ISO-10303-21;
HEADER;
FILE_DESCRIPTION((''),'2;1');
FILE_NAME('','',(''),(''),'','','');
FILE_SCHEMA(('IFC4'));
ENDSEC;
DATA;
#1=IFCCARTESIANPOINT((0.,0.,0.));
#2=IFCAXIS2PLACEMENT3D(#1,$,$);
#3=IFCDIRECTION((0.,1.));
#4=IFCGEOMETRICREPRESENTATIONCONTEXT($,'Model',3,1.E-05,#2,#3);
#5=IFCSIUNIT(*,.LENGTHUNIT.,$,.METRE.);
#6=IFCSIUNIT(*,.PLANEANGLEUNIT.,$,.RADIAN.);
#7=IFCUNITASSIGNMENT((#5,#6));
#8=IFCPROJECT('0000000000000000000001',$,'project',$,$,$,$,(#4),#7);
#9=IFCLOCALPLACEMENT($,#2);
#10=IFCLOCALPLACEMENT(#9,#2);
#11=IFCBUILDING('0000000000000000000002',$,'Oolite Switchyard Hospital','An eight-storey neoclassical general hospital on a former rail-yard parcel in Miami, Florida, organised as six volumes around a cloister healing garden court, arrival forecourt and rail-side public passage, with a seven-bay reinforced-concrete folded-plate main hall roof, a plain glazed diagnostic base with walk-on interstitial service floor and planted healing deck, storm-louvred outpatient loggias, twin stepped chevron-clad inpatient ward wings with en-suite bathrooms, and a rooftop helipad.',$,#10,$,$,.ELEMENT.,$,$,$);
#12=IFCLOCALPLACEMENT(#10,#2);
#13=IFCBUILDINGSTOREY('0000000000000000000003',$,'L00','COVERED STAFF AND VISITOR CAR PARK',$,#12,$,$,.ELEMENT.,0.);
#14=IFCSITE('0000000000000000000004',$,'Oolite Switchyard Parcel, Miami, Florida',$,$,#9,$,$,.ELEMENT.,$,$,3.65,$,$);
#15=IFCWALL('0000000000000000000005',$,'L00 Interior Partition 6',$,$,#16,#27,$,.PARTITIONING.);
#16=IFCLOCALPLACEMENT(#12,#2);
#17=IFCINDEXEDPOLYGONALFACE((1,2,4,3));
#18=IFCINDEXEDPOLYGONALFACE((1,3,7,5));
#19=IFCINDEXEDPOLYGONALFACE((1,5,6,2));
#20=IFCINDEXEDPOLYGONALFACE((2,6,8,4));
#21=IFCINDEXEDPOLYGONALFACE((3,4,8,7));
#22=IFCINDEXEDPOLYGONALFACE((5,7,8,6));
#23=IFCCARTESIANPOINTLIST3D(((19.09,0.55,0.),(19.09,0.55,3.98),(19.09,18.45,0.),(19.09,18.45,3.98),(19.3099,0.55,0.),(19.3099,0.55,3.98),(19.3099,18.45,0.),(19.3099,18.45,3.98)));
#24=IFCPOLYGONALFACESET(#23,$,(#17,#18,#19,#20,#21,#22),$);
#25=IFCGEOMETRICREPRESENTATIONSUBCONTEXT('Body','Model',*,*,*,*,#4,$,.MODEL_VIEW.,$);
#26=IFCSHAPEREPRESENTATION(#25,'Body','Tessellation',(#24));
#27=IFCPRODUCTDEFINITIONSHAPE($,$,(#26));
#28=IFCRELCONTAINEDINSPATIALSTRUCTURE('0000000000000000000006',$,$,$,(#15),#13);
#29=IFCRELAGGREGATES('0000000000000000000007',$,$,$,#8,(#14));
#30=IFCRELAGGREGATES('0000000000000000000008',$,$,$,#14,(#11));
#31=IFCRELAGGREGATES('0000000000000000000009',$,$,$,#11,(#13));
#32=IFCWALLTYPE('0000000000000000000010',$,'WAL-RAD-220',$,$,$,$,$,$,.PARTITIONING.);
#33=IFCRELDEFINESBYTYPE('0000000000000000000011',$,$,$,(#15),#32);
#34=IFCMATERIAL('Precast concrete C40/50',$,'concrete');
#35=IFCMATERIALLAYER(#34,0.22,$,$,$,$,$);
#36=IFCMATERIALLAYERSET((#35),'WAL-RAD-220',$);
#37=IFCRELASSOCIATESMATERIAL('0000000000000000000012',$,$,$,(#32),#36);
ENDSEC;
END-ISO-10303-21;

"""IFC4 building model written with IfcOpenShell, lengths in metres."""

from ifc_helpers import new_model, si_unit, direction, frame, frame_2d, origin, place, context, subcontext, project, spatial, rectangle, extrude, material, layer, layer_set, type_object, element, save


model = new_model("IFC4")

# Units and contexts
model_context = context("Model", 3, precision=1e-05, world=origin(), true_north=direction((0.0, 1.0)))
body_context = subcontext(model_context, "Body", "Model", "MODEL_VIEW")
ifc_project = project(units=[si_unit("LENGTHUNIT", "METRE"), si_unit("PLANEANGLEUNIT", "RADIAN")], contexts=[model_context])

# Site, building, storey
site_placement = place(None, origin())
site = spatial("IfcSite", under=ifc_project, at=site_placement, Name="Oolite Switchyard Parcel, Miami, Florida", CompositionType="ELEMENT", RefElevation=3.65)
building_placement = place(site_placement, origin())
building = spatial("IfcBuilding", under=site, at=building_placement, Name="Oolite Switchyard Hospital", Description="An eight-storey neoclassical general hospital on a former rail-yard parcel in Miami, Florida, organised as six volumes around a cloister healing garden court, arrival forecourt and rail-side public passage, with a seven-bay reinforced-concrete folded-plate main hall roof, a plain glazed diagnostic base with walk-on interstitial service floor and planted healing deck, storm-louvred outpatient loggias, twin stepped chevron-clad inpatient ward wings with en-suite bathrooms, and a rooftop helipad.", CompositionType="ELEMENT")
storey_placement = place(building_placement, origin())
storey = spatial("IfcBuildingStorey", under=building, at=storey_placement, Name="L00", Description="COVERED STAFF AND VISITOR CAR PARK", CompositionType="ELEMENT", Elevation=0.0)

# Wall
ifc_material_1 = material(Name="Precast concrete C40/50", Category="concrete")
ifc_layer_1 = layer(ifc_material_1, 0.22)
ifc_layer_set_1 = layer_set([ifc_layer_1], Name="WAL-RAD-220")
wall_type_1 = type_object("IfcWallType", Name="WAL-RAD-220", PredefinedType="PARTITIONING", material=ifc_layer_set_1)
wall_1_placement = place(storey_placement, frame((19.2, 0.55, 0.0), z_axis=(0.0, 0.0, 1.0), x_axis=(0.0, 1.0, 0.0)))
element("IfcWall", 1, at=wall_1_placement, inside=storey, type_object=wall_type_1, Name="L00 Interior Partition 6", PredefinedType="PARTITIONING", context=body_context, shape_type="SweptSolid", body=[
    extrude(rectangle(XDim=17.8999, YDim=0.22, at=frame_2d((8.95, 0.0))), origin(), (0.0, 0.0, 1.0), 3.98),
])

save(model, "model.ifc")
